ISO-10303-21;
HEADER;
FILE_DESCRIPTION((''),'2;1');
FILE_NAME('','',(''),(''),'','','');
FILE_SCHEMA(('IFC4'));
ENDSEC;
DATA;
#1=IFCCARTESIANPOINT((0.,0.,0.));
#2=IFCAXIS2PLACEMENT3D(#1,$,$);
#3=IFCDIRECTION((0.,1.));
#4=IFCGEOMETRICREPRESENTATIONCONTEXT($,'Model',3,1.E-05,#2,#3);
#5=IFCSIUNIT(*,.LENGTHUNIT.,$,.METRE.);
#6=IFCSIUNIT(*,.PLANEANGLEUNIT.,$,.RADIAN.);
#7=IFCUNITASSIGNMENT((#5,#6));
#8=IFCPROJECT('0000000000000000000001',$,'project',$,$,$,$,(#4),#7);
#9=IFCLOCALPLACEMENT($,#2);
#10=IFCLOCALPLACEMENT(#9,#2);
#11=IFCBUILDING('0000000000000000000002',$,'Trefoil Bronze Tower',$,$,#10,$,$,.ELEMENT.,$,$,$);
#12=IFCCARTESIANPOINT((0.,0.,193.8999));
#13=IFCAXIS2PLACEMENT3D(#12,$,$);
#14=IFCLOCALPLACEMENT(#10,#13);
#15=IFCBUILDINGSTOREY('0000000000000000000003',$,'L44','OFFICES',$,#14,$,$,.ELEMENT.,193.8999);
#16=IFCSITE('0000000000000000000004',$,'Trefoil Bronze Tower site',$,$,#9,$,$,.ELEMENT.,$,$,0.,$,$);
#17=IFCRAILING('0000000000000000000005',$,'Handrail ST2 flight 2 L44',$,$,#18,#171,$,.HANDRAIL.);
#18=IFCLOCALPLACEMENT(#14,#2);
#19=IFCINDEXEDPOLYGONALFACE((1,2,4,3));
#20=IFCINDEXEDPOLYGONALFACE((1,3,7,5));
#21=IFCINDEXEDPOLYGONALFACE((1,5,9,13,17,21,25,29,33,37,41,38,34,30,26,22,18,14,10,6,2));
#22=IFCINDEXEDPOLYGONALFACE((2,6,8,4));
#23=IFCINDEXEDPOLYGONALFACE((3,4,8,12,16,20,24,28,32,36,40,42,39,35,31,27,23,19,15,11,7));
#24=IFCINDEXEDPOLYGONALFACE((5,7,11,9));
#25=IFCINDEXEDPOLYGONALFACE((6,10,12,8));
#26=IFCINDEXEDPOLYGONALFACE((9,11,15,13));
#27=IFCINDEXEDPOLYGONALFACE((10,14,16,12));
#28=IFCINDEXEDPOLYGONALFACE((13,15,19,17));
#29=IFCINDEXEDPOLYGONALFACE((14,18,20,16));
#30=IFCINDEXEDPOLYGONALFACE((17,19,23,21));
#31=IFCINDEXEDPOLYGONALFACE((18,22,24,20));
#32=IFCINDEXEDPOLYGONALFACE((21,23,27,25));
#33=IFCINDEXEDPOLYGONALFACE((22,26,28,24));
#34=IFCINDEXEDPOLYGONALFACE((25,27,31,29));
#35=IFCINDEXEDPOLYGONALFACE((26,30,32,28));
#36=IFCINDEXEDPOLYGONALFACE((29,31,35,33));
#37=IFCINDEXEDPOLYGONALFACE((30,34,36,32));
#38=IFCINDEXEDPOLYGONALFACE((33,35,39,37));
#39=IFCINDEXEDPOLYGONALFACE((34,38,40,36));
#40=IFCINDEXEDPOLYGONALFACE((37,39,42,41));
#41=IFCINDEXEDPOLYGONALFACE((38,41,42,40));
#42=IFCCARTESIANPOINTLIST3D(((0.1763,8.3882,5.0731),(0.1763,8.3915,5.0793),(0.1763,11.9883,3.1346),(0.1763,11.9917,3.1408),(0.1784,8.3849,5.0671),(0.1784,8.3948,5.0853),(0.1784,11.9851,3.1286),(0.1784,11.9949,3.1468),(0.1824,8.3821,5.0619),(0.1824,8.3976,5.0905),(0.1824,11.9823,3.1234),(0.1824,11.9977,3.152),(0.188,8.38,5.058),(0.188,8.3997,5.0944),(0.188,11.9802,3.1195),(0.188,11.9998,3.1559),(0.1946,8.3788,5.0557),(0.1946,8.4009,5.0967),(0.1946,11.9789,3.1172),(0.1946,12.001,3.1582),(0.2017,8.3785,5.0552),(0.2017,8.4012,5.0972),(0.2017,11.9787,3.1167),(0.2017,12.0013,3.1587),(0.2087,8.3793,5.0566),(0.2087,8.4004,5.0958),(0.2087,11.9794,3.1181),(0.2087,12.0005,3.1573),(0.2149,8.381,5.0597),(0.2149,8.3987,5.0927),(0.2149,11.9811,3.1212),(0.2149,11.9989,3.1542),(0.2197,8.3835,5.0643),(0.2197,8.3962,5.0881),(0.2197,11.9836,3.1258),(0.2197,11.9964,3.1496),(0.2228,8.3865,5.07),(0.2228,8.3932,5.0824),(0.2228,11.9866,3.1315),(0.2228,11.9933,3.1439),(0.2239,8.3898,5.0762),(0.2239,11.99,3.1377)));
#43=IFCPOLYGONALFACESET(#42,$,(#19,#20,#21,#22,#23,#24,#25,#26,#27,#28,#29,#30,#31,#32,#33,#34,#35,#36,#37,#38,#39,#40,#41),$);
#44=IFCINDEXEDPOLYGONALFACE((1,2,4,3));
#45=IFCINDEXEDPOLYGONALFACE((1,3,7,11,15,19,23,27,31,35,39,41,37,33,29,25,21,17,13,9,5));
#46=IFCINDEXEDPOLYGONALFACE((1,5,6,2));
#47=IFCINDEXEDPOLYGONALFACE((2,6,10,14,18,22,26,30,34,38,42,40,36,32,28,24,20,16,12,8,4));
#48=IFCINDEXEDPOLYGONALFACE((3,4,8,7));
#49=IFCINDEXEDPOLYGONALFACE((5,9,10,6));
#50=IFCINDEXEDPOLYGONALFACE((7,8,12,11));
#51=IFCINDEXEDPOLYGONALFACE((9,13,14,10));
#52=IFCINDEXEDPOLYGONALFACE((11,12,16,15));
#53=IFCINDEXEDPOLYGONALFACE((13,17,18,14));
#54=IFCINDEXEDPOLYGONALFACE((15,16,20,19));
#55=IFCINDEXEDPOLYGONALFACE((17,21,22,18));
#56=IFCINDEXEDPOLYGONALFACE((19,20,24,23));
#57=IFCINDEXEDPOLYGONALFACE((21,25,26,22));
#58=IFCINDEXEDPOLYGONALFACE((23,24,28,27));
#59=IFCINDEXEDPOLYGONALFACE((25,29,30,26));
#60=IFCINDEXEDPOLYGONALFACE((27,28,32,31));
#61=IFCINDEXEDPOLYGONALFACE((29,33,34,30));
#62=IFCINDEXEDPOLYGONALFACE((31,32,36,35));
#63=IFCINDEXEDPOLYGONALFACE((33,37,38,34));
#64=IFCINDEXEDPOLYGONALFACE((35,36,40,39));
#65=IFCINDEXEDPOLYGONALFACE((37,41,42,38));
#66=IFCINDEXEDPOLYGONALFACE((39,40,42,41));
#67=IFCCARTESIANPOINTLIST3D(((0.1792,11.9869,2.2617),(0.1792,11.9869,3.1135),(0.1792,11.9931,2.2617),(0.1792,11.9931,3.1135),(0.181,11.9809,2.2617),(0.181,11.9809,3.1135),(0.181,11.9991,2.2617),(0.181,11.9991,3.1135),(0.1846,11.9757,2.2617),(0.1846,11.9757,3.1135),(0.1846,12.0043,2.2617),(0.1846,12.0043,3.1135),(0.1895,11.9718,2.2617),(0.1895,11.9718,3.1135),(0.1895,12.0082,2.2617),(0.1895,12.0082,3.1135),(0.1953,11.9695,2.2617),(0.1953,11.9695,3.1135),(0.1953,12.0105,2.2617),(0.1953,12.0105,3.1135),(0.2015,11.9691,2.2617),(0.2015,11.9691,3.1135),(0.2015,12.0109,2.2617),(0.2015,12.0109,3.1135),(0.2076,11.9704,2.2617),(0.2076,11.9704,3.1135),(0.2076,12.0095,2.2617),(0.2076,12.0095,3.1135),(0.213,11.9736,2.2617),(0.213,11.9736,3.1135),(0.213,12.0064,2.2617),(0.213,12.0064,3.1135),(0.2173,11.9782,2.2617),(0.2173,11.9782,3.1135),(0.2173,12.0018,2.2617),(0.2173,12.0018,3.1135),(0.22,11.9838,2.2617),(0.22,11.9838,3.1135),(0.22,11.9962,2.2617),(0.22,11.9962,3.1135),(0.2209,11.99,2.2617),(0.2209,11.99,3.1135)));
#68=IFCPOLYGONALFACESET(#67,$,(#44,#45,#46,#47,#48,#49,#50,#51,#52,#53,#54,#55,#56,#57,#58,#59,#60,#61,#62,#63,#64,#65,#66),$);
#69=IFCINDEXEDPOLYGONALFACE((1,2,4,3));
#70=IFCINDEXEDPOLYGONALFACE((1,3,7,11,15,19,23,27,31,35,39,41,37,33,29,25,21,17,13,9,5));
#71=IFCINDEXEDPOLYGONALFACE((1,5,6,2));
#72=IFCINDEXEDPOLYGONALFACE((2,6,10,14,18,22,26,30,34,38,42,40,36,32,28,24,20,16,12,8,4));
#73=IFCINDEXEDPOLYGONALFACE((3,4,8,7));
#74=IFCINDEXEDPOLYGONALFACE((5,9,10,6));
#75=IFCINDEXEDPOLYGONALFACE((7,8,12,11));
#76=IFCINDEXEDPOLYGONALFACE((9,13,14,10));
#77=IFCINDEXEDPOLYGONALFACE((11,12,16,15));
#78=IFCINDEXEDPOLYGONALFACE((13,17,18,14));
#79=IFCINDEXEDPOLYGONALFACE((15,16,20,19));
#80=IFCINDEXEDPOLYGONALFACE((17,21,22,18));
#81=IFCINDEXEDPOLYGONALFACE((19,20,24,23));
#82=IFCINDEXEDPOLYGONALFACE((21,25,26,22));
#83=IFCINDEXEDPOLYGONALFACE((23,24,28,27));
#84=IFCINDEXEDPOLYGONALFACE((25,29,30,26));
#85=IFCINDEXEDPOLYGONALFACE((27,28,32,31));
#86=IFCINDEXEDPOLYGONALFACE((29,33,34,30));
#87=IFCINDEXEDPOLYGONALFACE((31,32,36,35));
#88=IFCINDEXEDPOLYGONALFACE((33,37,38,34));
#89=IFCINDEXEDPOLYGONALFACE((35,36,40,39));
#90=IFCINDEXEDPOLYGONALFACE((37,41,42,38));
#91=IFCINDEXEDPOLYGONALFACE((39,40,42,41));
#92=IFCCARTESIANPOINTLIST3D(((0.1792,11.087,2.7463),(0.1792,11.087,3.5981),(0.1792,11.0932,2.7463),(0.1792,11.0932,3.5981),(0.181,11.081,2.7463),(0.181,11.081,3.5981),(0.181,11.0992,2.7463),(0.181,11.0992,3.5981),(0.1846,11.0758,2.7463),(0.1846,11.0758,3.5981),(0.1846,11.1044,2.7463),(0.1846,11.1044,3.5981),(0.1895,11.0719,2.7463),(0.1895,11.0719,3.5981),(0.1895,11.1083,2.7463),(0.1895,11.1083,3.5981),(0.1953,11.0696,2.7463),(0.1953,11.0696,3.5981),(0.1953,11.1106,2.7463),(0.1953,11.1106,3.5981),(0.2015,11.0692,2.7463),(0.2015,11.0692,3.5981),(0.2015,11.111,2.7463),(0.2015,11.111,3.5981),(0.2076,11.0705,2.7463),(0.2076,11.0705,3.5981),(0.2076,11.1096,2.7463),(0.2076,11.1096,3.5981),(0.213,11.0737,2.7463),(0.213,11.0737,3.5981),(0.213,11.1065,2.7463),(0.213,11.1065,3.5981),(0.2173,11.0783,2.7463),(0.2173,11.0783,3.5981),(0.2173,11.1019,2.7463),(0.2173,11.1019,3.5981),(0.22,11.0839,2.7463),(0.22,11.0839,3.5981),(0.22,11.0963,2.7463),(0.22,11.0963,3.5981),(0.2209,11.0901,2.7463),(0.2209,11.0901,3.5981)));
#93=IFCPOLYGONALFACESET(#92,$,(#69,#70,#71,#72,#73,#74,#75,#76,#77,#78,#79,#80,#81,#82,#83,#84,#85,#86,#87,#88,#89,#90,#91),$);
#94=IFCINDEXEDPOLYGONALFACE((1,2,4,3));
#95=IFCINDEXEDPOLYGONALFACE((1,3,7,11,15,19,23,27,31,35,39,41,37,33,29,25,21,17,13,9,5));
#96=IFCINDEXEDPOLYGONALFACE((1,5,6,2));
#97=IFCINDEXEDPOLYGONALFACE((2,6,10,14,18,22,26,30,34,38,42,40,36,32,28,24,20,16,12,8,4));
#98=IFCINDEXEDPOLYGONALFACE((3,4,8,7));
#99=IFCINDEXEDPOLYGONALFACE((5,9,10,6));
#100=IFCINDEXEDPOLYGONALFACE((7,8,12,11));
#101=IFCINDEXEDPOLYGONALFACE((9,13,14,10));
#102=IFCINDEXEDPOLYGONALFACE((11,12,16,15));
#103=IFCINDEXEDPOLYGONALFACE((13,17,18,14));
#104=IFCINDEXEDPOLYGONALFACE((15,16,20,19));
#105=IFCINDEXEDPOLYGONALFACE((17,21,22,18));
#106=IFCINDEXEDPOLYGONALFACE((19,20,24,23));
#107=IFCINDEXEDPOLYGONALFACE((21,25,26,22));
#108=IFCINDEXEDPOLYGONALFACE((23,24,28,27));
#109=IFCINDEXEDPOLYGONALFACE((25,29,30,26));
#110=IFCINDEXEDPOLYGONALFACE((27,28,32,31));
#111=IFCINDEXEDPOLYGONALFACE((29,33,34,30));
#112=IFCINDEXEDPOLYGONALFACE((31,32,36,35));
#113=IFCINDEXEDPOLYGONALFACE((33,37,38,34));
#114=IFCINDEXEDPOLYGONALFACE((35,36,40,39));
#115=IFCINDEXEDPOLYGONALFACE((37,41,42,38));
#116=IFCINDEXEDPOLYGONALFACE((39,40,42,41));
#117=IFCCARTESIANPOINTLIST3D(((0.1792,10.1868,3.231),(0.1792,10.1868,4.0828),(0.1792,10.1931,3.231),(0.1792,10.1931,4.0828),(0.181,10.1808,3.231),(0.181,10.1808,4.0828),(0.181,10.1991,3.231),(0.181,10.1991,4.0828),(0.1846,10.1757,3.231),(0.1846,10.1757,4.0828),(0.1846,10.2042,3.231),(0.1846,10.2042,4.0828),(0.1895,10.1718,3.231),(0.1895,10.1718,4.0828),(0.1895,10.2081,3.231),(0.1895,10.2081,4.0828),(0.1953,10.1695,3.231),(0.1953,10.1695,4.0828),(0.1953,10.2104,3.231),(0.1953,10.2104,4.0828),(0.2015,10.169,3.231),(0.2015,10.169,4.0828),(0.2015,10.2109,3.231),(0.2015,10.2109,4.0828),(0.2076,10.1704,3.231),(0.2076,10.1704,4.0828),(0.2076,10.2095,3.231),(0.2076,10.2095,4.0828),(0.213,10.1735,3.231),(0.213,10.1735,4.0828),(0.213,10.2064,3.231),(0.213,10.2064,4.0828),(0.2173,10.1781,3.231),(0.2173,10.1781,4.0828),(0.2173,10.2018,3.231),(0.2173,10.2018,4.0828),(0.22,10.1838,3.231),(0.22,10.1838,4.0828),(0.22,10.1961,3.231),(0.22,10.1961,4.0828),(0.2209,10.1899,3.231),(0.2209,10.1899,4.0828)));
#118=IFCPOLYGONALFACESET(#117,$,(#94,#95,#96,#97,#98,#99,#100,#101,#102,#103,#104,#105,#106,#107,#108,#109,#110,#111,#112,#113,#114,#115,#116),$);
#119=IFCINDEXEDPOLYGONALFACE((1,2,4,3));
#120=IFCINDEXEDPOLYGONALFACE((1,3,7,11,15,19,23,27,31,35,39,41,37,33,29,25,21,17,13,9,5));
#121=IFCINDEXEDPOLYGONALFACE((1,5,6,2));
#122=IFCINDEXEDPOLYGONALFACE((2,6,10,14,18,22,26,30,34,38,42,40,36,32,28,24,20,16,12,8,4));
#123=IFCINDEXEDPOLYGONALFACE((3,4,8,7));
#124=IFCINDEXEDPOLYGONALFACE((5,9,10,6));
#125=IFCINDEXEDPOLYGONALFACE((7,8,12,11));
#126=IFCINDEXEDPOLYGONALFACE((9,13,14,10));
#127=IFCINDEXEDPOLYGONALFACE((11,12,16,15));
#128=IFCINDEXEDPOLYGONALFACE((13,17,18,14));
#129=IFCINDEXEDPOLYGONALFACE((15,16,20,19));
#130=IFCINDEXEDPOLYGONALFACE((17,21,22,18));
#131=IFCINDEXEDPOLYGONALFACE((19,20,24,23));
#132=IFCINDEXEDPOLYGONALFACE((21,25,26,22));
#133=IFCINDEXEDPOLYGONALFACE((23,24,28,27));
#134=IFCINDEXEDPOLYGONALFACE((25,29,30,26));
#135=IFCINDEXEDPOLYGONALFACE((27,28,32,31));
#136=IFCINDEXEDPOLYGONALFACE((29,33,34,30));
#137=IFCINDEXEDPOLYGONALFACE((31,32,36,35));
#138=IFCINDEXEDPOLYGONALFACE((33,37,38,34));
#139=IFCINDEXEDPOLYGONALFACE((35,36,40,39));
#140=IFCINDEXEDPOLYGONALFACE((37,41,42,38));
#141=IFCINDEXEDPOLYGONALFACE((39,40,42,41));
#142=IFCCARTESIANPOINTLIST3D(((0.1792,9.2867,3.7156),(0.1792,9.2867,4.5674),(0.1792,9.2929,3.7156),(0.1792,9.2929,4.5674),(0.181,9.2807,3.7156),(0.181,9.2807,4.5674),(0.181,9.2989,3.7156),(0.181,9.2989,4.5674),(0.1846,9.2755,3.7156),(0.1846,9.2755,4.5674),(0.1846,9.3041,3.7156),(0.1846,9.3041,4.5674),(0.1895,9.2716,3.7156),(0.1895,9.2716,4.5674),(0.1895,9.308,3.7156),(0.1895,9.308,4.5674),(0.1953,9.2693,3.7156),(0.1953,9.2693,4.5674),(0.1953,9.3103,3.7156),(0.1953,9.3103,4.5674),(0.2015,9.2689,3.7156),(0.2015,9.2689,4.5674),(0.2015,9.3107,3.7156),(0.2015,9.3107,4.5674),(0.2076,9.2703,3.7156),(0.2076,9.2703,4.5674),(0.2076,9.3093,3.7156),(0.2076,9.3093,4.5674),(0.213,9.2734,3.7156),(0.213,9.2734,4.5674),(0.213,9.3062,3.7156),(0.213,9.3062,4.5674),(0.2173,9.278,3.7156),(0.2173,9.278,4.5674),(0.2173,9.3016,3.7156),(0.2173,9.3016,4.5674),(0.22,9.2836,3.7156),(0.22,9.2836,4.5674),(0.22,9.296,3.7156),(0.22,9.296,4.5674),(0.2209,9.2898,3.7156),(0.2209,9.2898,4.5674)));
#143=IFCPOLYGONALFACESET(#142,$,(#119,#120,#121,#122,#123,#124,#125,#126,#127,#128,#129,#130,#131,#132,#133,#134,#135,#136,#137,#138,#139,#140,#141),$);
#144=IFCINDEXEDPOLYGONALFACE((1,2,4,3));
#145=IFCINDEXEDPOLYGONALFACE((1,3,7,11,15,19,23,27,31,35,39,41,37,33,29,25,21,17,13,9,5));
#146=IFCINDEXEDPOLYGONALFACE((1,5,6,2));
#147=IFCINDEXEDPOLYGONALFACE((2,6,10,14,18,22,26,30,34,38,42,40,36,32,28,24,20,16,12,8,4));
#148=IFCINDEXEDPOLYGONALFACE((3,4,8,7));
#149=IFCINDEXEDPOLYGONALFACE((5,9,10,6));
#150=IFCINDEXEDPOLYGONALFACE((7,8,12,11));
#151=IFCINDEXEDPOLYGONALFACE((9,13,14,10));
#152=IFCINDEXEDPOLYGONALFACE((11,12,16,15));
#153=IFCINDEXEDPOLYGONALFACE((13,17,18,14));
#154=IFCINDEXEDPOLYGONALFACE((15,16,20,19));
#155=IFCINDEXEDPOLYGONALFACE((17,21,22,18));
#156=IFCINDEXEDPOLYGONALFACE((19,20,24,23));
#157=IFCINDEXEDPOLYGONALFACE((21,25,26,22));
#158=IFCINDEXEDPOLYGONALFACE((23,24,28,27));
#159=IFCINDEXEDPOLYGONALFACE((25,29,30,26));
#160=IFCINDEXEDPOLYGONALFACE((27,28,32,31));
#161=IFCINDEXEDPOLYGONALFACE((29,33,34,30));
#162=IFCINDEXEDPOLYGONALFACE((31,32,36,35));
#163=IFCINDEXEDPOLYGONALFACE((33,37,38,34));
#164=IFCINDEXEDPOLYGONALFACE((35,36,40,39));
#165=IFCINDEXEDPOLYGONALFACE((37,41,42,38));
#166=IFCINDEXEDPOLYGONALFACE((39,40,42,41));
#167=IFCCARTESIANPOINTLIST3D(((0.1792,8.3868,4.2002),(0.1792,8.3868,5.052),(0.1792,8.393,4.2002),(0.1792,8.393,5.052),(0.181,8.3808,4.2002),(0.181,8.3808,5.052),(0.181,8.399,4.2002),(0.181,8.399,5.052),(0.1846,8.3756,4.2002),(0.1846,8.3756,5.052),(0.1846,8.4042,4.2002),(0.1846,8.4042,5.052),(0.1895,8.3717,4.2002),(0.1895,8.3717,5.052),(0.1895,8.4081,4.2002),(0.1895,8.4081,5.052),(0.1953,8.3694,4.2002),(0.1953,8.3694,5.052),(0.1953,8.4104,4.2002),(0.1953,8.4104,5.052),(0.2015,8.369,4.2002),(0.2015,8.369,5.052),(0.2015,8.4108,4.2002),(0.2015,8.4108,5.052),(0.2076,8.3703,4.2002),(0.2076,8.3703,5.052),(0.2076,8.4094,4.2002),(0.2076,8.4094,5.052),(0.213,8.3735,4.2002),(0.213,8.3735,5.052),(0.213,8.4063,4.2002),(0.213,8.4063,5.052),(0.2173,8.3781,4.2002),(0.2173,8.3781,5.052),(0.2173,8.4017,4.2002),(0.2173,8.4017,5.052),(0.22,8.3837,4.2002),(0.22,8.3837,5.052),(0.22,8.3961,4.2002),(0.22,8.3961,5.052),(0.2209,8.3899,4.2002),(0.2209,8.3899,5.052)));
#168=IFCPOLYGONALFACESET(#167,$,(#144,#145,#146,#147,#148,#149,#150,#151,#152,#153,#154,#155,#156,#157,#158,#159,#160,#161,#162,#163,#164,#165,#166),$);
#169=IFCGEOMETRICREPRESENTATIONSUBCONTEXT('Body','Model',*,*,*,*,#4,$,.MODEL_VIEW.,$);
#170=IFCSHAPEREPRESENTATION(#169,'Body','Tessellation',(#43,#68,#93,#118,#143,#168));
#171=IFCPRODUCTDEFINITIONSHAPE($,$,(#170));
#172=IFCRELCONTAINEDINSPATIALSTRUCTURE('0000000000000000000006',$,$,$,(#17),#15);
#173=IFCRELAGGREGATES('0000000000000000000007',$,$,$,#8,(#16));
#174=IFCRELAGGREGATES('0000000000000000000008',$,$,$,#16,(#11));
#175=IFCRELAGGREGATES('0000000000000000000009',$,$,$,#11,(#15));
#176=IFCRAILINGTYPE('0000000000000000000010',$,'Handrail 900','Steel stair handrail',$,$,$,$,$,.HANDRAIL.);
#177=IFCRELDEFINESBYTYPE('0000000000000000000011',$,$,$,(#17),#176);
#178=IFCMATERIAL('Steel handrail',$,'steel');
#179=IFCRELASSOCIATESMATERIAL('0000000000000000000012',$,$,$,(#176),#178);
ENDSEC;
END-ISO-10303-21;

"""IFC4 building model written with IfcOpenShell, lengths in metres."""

from ifc_helpers import new_model, si_unit, direction, frame, origin, origin_2d, place, context, subcontext, project, spatial, circle, extrude, material, type_object, element, save


model = new_model("IFC4")

# Units and contexts
model_context = context("Model", 3, precision=1e-05, world=origin(), true_north=direction((0.0, 1.0)))
body_context = subcontext(model_context, "Body", "Model", "MODEL_VIEW")
ifc_project = project(units=[si_unit("LENGTHUNIT", "METRE"), si_unit("PLANEANGLEUNIT", "RADIAN")], contexts=[model_context])

# Site, building, storey
site_placement = place(None, origin())
site = spatial("IfcSite", under=ifc_project, at=site_placement, Name="Trefoil Bronze Tower site", CompositionType="ELEMENT", RefElevation=0.0)
building_placement = place(site_placement, origin())
building = spatial("IfcBuilding", under=site, at=building_placement, Name="Trefoil Bronze Tower", CompositionType="ELEMENT")
storey_placement = place(building_placement, frame((0.0, 0.0, 193.8999)))
storey = spatial("IfcBuildingStorey", under=building, at=storey_placement, Name="L44", Description="OFFICES", CompositionType="ELEMENT", Elevation=193.8999)

# Railing
ifc_material_1 = material(Name="Steel handrail", Category="steel")
railing_type = type_object("IfcRailingType", Name="Handrail 900", Description="Steel stair handrail", PredefinedType="HANDRAIL", material=ifc_material_1)
railing_placement = place(storey_placement, frame((0.2, 11.99, 2.2617)))
element("IfcRailing", 1, at=railing_placement, inside=storey, type_object=railing_type, Name="Handrail ST2 flight 2 L44", PredefinedType="HANDRAIL", context=body_context, shape_type="SweptSolid", body=[
    extrude(circle(Radius=0.0239, at=origin_2d()), frame((0.0, 0.0, 0.876), z_axis=(0.0, -0.880475, 0.474093), x_axis=(1.0, 0.0, 0.0)), (0.0, 0.0, 1.0), 4.0889),
    extrude(circle(Radius=0.021, at=origin_2d()), origin(), (0.0, 0.0, 1.0), 0.8518),
    extrude(circle(Radius=0.021, at=origin_2d()), frame((0.0, -0.8999, 0.4846)), (0.0, 0.0, 1.0), 0.8518),
    extrude(circle(Radius=0.021, at=origin_2d()), frame((0.0, -1.8, 0.9692)), (0.0, 0.0, 1.0), 0.8518),
    extrude(circle(Radius=0.021, at=origin_2d()), frame((0.0, -2.7002, 1.4539)), (0.0, 0.0, 1.0), 0.8518),
    extrude(circle(Radius=0.021, at=origin_2d()), frame((0.0, -3.6001, 1.9385)), (0.0, 0.0, 1.0), 0.8518),
])

save(model, "model.ifc")
